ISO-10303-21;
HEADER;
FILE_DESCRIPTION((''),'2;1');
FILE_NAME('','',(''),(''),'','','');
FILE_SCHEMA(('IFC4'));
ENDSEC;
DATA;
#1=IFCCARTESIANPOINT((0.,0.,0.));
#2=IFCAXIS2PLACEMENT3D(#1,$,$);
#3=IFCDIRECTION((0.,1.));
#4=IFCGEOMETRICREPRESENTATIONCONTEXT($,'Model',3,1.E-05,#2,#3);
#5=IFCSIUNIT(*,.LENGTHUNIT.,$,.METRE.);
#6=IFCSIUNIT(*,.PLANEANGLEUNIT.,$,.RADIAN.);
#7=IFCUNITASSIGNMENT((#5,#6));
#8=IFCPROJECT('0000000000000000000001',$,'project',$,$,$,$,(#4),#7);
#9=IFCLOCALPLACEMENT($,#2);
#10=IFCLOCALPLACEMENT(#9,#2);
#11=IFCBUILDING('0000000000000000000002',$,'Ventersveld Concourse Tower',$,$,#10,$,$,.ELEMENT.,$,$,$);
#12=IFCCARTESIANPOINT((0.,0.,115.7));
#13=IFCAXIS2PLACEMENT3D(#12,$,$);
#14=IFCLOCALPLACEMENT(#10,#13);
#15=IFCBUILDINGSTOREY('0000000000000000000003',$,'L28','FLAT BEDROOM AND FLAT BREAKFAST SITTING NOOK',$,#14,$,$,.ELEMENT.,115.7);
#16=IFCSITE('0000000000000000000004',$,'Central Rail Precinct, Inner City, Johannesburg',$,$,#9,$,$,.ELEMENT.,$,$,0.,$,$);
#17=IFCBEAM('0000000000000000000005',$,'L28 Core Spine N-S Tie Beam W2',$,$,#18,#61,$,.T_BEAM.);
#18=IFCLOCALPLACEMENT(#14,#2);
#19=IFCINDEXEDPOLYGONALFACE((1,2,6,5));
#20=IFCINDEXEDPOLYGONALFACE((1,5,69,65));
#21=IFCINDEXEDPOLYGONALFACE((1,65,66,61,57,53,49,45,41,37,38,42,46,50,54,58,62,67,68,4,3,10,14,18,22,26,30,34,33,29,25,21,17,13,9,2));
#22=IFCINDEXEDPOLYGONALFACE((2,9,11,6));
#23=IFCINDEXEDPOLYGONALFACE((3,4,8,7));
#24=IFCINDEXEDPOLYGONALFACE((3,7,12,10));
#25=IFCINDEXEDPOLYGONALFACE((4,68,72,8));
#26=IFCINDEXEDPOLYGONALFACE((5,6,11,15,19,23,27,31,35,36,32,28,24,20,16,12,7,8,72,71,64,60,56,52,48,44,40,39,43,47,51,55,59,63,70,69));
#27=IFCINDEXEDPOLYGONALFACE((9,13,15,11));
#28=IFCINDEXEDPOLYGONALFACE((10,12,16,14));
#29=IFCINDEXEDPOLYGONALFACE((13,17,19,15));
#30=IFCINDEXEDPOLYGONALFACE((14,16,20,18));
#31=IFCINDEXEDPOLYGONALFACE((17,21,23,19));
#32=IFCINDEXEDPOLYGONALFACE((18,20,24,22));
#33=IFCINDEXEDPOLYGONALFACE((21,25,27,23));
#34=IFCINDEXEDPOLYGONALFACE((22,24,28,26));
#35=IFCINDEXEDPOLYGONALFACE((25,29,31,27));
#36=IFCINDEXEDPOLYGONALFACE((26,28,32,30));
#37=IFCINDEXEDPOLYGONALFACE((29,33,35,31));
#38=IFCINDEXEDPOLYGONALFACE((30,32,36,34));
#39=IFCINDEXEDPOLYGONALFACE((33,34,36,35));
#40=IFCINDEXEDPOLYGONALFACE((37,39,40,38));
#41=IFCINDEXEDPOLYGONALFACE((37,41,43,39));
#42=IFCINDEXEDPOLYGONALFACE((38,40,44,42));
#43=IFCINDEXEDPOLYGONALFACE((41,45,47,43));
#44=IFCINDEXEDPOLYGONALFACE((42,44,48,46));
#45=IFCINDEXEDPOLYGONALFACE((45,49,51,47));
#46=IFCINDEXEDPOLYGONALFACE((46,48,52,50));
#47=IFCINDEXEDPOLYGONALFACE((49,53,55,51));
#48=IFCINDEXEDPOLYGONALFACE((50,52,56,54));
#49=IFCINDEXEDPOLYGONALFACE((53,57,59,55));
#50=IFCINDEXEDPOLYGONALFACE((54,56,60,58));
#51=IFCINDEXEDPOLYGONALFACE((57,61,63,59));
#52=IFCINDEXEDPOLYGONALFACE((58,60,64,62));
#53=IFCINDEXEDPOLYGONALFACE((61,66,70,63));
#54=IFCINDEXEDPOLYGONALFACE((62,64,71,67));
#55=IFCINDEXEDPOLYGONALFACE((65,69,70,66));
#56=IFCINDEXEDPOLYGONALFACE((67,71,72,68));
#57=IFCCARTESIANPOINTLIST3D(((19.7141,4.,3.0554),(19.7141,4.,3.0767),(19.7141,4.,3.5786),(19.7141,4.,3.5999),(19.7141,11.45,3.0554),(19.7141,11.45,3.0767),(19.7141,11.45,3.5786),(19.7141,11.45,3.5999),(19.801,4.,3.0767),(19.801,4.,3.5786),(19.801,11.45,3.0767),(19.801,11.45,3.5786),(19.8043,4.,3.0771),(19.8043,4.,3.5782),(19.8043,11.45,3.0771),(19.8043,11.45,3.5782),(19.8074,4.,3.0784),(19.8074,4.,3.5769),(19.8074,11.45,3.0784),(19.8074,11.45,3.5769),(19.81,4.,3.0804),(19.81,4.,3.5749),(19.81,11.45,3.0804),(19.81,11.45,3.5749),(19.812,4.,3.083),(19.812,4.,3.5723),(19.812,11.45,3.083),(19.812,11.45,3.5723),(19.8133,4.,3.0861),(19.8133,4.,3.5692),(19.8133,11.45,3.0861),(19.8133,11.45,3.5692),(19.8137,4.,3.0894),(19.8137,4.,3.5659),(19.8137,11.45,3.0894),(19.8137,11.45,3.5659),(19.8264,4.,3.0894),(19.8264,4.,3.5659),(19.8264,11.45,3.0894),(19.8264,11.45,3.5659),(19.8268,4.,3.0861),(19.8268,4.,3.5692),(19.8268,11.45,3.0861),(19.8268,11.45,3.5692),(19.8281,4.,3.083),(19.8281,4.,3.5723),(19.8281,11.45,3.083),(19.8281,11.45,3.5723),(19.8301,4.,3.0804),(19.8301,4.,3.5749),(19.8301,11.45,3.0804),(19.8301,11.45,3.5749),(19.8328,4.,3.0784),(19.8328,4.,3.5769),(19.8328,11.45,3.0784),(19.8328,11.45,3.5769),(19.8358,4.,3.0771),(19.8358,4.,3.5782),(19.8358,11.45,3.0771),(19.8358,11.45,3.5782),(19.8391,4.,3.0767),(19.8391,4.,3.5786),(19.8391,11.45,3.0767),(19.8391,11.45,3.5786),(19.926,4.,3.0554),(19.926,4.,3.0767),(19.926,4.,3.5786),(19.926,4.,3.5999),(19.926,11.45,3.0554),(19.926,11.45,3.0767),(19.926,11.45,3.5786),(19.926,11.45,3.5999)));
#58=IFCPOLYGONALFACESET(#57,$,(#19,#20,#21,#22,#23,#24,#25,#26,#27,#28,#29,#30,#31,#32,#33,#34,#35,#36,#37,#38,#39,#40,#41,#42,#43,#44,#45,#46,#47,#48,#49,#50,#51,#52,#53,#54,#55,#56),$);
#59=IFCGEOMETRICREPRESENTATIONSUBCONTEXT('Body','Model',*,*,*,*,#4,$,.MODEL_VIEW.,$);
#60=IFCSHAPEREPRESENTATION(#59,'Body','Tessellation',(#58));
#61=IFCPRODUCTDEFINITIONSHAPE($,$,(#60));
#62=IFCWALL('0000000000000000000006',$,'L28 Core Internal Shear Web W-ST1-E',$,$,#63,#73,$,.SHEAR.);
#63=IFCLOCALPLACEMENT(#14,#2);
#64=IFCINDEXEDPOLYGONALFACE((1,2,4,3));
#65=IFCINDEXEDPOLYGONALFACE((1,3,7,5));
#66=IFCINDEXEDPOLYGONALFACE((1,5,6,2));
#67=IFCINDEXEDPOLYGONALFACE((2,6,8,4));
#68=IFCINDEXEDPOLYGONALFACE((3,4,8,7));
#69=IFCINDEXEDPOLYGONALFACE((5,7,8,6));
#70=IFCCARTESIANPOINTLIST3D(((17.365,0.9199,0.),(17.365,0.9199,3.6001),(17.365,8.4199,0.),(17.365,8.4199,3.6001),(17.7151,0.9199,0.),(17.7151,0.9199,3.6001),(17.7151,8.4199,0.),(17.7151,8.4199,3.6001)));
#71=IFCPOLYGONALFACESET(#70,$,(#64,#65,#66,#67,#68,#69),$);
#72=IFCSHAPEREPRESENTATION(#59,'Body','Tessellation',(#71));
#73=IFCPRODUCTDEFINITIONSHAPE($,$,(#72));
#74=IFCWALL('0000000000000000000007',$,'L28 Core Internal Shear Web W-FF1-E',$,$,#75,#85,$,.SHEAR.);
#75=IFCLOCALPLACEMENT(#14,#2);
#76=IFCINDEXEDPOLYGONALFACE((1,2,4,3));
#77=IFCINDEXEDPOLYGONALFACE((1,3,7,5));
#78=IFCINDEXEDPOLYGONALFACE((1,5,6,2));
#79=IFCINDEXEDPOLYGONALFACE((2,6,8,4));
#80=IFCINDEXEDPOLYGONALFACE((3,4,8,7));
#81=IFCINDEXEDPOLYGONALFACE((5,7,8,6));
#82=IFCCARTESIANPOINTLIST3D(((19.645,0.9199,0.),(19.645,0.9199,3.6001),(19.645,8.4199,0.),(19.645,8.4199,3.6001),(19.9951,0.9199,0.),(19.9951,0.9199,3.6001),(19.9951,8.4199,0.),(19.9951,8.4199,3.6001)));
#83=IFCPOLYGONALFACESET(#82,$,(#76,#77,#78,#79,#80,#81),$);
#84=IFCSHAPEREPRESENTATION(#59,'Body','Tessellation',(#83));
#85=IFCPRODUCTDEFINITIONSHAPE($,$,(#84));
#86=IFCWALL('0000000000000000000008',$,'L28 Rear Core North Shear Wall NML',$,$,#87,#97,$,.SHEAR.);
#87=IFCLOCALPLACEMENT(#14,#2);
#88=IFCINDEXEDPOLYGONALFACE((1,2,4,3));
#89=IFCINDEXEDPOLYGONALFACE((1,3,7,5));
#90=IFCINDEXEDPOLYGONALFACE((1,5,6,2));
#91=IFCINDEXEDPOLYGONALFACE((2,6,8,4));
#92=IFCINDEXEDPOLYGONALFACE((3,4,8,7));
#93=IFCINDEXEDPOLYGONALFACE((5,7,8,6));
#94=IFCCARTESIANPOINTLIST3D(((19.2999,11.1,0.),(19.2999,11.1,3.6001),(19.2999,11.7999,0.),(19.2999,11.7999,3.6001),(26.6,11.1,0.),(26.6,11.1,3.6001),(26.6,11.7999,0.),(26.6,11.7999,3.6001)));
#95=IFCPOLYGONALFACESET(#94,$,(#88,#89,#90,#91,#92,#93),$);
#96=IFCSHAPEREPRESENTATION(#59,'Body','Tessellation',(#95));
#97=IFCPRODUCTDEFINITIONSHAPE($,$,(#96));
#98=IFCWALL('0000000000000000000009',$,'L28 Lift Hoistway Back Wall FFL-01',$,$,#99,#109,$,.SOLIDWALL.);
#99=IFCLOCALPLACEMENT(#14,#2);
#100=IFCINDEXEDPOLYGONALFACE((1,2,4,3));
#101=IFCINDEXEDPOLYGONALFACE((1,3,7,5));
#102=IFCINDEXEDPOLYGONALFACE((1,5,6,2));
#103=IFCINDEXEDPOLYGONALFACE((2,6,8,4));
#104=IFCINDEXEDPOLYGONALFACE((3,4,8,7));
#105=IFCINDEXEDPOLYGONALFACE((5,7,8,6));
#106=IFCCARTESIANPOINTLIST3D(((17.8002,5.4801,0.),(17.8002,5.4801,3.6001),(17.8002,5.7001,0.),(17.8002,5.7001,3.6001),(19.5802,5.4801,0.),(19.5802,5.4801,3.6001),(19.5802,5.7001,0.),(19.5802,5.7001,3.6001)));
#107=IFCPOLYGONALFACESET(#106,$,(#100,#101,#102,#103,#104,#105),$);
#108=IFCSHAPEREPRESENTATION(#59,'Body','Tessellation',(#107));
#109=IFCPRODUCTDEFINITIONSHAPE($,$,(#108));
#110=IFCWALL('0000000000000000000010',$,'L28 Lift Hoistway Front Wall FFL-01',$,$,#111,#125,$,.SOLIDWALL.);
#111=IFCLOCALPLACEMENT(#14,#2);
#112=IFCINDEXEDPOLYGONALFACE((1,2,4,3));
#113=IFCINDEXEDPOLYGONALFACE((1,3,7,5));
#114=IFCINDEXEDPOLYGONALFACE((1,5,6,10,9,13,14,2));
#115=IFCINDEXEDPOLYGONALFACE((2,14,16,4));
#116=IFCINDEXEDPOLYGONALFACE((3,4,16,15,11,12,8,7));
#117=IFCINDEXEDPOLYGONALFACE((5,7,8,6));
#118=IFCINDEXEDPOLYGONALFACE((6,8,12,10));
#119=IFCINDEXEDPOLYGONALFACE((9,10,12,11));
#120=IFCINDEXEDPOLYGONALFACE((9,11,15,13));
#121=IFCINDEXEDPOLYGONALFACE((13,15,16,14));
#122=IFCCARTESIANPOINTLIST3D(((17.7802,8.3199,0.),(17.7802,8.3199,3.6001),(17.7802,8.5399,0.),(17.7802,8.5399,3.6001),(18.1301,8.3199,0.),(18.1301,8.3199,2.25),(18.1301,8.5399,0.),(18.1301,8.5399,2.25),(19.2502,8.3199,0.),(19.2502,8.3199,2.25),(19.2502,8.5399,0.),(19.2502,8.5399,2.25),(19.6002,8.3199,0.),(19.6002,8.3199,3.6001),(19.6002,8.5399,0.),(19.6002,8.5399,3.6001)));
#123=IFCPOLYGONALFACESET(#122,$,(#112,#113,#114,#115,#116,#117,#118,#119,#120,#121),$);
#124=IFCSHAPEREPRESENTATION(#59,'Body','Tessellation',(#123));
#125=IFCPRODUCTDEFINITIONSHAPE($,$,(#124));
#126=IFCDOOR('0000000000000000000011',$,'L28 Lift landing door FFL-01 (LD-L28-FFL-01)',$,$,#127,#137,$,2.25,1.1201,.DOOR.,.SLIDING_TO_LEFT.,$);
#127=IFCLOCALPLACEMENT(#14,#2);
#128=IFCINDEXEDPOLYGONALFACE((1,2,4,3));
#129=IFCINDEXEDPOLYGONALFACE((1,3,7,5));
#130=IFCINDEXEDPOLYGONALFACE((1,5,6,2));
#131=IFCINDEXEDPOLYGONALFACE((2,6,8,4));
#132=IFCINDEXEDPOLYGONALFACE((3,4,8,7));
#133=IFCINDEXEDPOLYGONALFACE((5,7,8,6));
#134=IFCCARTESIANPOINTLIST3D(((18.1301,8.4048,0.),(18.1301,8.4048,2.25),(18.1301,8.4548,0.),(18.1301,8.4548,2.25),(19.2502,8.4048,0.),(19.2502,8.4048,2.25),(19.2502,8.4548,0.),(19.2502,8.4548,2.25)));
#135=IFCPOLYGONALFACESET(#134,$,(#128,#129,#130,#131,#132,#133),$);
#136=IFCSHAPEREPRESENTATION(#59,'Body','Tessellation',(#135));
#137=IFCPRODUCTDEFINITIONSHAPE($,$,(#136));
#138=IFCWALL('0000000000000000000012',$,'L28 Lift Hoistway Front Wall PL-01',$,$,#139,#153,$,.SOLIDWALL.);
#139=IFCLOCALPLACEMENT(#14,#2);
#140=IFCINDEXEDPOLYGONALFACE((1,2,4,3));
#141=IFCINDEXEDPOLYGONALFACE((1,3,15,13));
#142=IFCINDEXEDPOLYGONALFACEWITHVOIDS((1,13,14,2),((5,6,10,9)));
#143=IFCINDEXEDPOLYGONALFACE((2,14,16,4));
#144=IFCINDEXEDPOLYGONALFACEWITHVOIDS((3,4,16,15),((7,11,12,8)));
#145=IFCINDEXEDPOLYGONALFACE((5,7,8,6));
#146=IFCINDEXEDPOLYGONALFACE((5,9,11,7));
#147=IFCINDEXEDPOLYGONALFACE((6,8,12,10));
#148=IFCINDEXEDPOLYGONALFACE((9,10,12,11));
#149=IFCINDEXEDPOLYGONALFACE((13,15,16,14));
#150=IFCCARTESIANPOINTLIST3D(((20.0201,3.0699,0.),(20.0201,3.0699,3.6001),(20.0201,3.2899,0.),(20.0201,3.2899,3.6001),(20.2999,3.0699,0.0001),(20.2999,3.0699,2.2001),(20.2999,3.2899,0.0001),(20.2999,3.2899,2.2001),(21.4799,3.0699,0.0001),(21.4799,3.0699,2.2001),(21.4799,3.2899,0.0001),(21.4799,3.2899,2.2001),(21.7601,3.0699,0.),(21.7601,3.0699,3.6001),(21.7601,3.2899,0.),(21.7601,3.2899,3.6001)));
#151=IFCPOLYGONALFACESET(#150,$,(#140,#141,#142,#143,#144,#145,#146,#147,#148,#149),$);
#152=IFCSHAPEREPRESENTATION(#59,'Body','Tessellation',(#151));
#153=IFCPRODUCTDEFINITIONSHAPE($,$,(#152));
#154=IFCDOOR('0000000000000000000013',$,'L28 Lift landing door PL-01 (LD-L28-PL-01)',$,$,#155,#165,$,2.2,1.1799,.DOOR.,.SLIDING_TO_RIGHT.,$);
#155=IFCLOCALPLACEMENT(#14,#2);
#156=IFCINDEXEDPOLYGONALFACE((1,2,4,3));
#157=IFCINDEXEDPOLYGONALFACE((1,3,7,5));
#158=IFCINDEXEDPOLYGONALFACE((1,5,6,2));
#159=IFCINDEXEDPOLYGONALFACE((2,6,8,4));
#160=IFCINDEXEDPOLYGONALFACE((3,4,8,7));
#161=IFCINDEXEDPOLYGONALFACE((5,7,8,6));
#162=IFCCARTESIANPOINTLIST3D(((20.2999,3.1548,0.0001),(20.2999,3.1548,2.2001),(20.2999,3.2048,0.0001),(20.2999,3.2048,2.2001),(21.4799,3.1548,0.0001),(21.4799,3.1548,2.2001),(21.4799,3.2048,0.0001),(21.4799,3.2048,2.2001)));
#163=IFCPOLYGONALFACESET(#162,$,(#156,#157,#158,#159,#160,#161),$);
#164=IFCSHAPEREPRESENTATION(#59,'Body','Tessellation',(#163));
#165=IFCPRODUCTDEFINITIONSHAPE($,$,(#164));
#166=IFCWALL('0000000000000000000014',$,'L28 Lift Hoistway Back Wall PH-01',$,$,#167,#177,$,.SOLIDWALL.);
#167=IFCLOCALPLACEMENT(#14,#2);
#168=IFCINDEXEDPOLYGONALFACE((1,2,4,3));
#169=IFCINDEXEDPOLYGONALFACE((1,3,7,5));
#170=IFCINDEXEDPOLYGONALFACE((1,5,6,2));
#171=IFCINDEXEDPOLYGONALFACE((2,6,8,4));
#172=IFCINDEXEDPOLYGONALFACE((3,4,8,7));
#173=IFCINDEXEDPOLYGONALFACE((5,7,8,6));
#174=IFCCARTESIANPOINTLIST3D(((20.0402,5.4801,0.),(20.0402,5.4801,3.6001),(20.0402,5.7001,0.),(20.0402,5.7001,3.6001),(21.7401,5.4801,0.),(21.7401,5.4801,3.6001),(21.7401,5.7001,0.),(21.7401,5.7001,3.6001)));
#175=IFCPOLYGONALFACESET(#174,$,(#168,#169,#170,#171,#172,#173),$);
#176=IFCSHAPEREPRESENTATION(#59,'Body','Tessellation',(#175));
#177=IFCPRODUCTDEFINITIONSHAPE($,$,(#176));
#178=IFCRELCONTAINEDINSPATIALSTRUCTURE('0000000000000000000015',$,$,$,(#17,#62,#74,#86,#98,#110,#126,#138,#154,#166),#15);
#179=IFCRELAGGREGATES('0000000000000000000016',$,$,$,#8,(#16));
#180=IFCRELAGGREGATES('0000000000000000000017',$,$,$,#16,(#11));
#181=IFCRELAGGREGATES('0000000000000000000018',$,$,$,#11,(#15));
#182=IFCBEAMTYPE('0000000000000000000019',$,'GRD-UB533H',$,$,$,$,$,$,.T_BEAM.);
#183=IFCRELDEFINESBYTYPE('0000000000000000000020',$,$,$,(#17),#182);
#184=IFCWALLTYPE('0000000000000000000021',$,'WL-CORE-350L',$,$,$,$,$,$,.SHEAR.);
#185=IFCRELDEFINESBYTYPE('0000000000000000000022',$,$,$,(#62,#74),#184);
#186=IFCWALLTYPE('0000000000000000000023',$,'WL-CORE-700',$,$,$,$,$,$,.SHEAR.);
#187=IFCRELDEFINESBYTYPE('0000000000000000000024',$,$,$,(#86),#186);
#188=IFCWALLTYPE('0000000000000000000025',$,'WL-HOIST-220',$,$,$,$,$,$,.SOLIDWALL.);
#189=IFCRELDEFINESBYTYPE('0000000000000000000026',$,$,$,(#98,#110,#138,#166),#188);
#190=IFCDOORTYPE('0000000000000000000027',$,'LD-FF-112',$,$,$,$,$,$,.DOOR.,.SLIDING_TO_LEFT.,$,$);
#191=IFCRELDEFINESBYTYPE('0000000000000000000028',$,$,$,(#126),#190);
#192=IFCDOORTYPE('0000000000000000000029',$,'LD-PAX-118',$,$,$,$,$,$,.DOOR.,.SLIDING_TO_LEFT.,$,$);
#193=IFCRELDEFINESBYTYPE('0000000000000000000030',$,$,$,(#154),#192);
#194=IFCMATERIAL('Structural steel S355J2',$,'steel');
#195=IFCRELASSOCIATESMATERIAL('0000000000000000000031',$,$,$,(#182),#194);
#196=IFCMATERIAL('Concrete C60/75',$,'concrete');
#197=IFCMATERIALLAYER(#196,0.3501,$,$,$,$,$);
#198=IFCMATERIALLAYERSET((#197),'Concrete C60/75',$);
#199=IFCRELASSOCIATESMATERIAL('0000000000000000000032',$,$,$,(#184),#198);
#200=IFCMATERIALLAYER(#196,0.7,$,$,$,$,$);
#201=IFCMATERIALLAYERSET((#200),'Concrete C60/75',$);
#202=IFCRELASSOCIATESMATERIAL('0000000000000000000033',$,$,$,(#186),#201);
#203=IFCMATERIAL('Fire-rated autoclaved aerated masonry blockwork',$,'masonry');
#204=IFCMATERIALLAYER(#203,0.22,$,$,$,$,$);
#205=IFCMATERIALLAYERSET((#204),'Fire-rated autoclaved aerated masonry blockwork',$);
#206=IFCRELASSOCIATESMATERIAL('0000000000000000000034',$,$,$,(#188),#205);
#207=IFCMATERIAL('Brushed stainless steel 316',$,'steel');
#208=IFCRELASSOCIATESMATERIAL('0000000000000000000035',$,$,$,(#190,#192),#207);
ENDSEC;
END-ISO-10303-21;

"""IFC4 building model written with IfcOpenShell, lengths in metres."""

from ifc_helpers import new_model, si_unit, direction, frame, frame_2d, origin, origin_2d, place, context, subcontext, project, spatial, rectangle, i_section, extrude, material, layer, layer_set, material_profile, profile_set, type_object, element, fill, save


model = new_model("IFC4")

# Units and contexts
model_context = context("Model", 3, precision=1e-05, world=origin(), true_north=direction((0.0, 1.0)))
body_context = subcontext(model_context, "Body", "Model", "MODEL_VIEW")
ifc_project = project(units=[si_unit("LENGTHUNIT", "METRE"), si_unit("PLANEANGLEUNIT", "RADIAN")], contexts=[model_context])

# Site, building, storey
site_placement = place(None, origin())
site = spatial("IfcSite", under=ifc_project, at=site_placement, Name="Central Rail Precinct, Inner City, Johannesburg", CompositionType="ELEMENT", RefElevation=0.0)
building_placement = place(site_placement, origin())
building = spatial("IfcBuilding", under=site, at=building_placement, Name="Ventersveld Concourse Tower", CompositionType="ELEMENT")
storey_placement = place(building_placement, frame((0.0, 0.0, 115.7)))
storey = spatial("IfcBuildingStorey", under=building, at=storey_placement, Name="L28", Description="FLAT BEDROOM AND FLAT BREAKFAST SITTING NOOK", CompositionType="ELEMENT", Elevation=115.7)

# Beam
ifc_material_1 = material(Name="Structural steel S355J2", Category="steel")
ifc_material_2 = material(Name="Concrete C60/75", Category="concrete")
ifc_material_profile_1 = material_profile(ifc_material_1, i_section(OverallWidth=0.2119, OverallDepth=0.5444, WebThickness=0.0127, FlangeThickness=0.0212, FilletRadius=0.0127, at=origin_2d()), Name="UB 533x210x122")
ifc_profile_set_1 = profile_set([ifc_material_profile_1], Name="Structural steel S355J2")
beam_type_1 = type_object("IfcBeamType", Name="GRD-UB533H", PredefinedType="T_BEAM", material=ifc_profile_set_1)
beam_1_placement = place(storey_placement, frame((19.8201, 4.0, 3.3276), z_axis=(0.0, 1.0, 0.0), x_axis=(-1.0, 0.0, 0.0)))
element("IfcBeam", 1, at=beam_1_placement, inside=storey, type_object=beam_type_1, Name="L28 Core Spine N-S Tie Beam W2", PredefinedType="T_BEAM", context=body_context, shape_type="SweptSolid", body=[
    extrude(i_section(OverallWidth=0.2119, OverallDepth=0.5444, WebThickness=0.0127, FlangeThickness=0.0212, FilletRadius=0.0127, at=origin_2d()), origin(), (0.0, 0.0, 1.0), 7.45),
])

# Walls
ifc_layer_1 = layer(ifc_material_2, 0.3501)
ifc_layer_set_1 = layer_set([ifc_layer_1], Name="Concrete C60/75")
wall_type_1 = type_object("IfcWallType", Name="WL-CORE-350L", PredefinedType="SHEAR", material=ifc_layer_set_1)
for number, where, z_axis, x_axis, name in (
    (2, (17.54, 0.9199, 0.0), (0.0, 0.0, 1.0), (0.0, 1.0, 0.0), "L28 Core Internal Shear Web W-ST1-E"),
    (3, (19.8201, 0.9199, 0.0), (0.0, 0.0, 1.0), (0.0, 1.0, 0.0), "L28 Core Internal Shear Web W-FF1-E"),
):
    element("IfcWall", number, at=place(storey_placement, frame(where, z_axis=z_axis, x_axis=x_axis)), inside=storey, type_object=wall_type_1, Name=name, PredefinedType="SHEAR", context=body_context, shape_type="SweptSolid", body=[
        extrude(rectangle(XDim=7.5, YDim=0.3501, at=frame_2d((3.75, 0.0))), origin(), (0.0, 0.0, 1.0), 3.6001),
    ])
ifc_layer_2 = layer(ifc_material_2, 0.7)
ifc_layer_set_2 = layer_set([ifc_layer_2], Name="Concrete C60/75")
wall_type_2 = type_object("IfcWallType", Name="WL-CORE-700", PredefinedType="SHEAR", material=ifc_layer_set_2)
wall_1_placement = place(storey_placement, frame((19.3, 11.45, 0.0), z_axis=(0.0, 0.0, 1.0), x_axis=(1.0, 0.0, 0.0)))
element("IfcWall", 4, at=wall_1_placement, inside=storey, type_object=wall_type_2, Name="L28 Rear Core North Shear Wall NML", PredefinedType="SHEAR", context=body_context, shape_type="SweptSolid", body=[
    extrude(rectangle(XDim=7.3, YDim=0.7, at=frame_2d((3.6499, 0.0))), origin(), (0.0, 0.0, 1.0), 3.6001),
])
ifc_material_3 = material(Name="Fire-rated autoclaved aerated masonry blockwork", Category="masonry")
ifc_layer_3 = layer(ifc_material_3, 0.22)
ifc_layer_set_3 = layer_set([ifc_layer_3], Name="Fire-rated autoclaved aerated masonry blockwork")
wall_type_3 = type_object("IfcWallType", Name="WL-HOIST-220", PredefinedType="SOLIDWALL", material=ifc_layer_set_3)
wall_2_placement = place(storey_placement, frame((17.8, 5.5901, 0.0), z_axis=(0.0, 0.0, 1.0), x_axis=(1.0, 0.0, 0.0)))
element("IfcWall", 5, at=wall_2_placement, inside=storey, type_object=wall_type_3, Name="L28 Lift Hoistway Back Wall FFL-01", PredefinedType="SOLIDWALL", context=body_context, shape_type="SweptSolid", body=[
    extrude(rectangle(XDim=1.78, YDim=0.22, at=frame_2d((0.8901, 0.0))), origin(), (0.0, 0.0, 1.0), 3.6001),
])

# Walls, openings, doors
wall_3_placement = place(storey_placement, frame((17.78, 8.4299, 0.0), z_axis=(0.0, 0.0, 1.0), x_axis=(1.0, 0.0, 0.0)))
wall_3 = element("IfcWall", 6, at=wall_3_placement, inside=storey, type_object=wall_type_3, Name="L28 Lift Hoistway Front Wall FFL-01", PredefinedType="SOLIDWALL", context=body_context, shape_type="SweptSolid", body=[
    extrude(rectangle(XDim=1.8201, YDim=0.22, at=frame_2d((0.9102, 0.0))), origin(), (0.0, 0.0, 1.0), 3.6001),
])
opening_1_placement = place(wall_3_placement, frame((0.3501, 0.0, 0.0)))
opening_1 = element("IfcOpeningElement", 7, at=opening_1_placement, cuts=wall_3, PredefinedType="OPENING", context=body_context, shape_type="SweptSolid", body=[
    extrude(rectangle(XDim=1.1201, YDim=2.25, at=frame_2d((0.5601, 1.125))), frame((0.0, 0.1201, 0.0), z_axis=(0.0, -1.0, 0.0), x_axis=(1.0, 0.0, 0.0)), (0.0, 0.0, 1.0), 0.24),
])
ifc_material_4 = material(Name="Brushed stainless steel 316", Category="steel")
door_type_1 = type_object("IfcDoorType", Name="LD-FF-112", OperationType="SLIDING_TO_LEFT", PredefinedType="DOOR", material=ifc_material_4)
door_1_placement = place(opening_1_placement, origin())
door_1 = element("IfcDoor", 8, at=door_1_placement, inside=storey, type_object=door_type_1, Name="L28 Lift landing door FFL-01 (LD-L28-FFL-01)", OperationType="SLIDING_TO_LEFT", OverallHeight=2.25, OverallWidth=1.1201, PredefinedType="DOOR", context=body_context, shape_type="SweptSolid", body=[
    extrude(rectangle(XDim=1.1201, YDim=2.25, at=frame_2d((0.5601, 1.125))), frame((0.0, 0.0249, 0.0), z_axis=(0.0, -1.0, 0.0), x_axis=(1.0, 0.0, 0.0)), (0.0, 0.0, 1.0), 0.05),
])
fill(opening_1, door_1)
wall_4_placement = place(storey_placement, frame((20.02, 3.1799, 0.0), z_axis=(0.0, 0.0, 1.0), x_axis=(1.0, 0.0, 0.0)))
wall_4 = element("IfcWall", 9, at=wall_4_placement, inside=storey, type_object=wall_type_3, Name="L28 Lift Hoistway Front Wall PL-01", PredefinedType="SOLIDWALL", context=body_context, shape_type="SweptSolid", body=[
    extrude(rectangle(XDim=1.74, YDim=0.22, at=frame_2d((0.8701, 0.0))), origin(), (0.0, 0.0, 1.0), 3.6001),
])
opening_2_placement = place(wall_4_placement, frame((0.28, 0.0, 0.0)))
opening_2 = element("IfcOpeningElement", 10, at=opening_2_placement, cuts=wall_4, PredefinedType="OPENING", context=body_context, shape_type="SweptSolid", body=[
    extrude(rectangle(XDim=1.1799, YDim=2.2, at=frame_2d((0.5898, 1.1001))), frame((0.0, 0.1201, 0.0), z_axis=(0.0, -1.0, 0.0), x_axis=(1.0, 0.0, 0.0)), (0.0, 0.0, 1.0), 0.24),
])
door_type_2 = type_object("IfcDoorType", Name="LD-PAX-118", OperationType="SLIDING_TO_LEFT", PredefinedType="DOOR", material=ifc_material_4)
door_2_placement = place(opening_2_placement, origin())
door_2 = element("IfcDoor", 11, at=door_2_placement, inside=storey, type_object=door_type_2, Name="L28 Lift landing door PL-01 (LD-L28-PL-01)", OperationType="SLIDING_TO_RIGHT", OverallHeight=2.2, OverallWidth=1.1799, PredefinedType="DOOR", context=body_context, shape_type="SweptSolid", body=[
    extrude(rectangle(XDim=1.1799, YDim=2.2, at=frame_2d((0.5898, 1.1001))), frame((0.0, 0.0249, 0.0), z_axis=(0.0, -1.0, 0.0), x_axis=(1.0, 0.0, 0.0)), (0.0, 0.0, 1.0), 0.05),
])
fill(opening_2, door_2)

# Wall
wall_5_placement = place(storey_placement, frame((20.04, 5.5901, 0.0), z_axis=(0.0, 0.0, 1.0), x_axis=(1.0, 0.0, 0.0)))
element("IfcWall", 12, at=wall_5_placement, inside=storey, type_object=wall_type_3, Name="L28 Lift Hoistway Back Wall PH-01", PredefinedType="SOLIDWALL", context=body_context, shape_type="SweptSolid", body=[
    extrude(rectangle(XDim=1.7, YDim=0.22, at=frame_2d((0.8501, 0.0))), origin(), (0.0, 0.0, 1.0), 3.6001),
])

save(model, "model.ifc")
